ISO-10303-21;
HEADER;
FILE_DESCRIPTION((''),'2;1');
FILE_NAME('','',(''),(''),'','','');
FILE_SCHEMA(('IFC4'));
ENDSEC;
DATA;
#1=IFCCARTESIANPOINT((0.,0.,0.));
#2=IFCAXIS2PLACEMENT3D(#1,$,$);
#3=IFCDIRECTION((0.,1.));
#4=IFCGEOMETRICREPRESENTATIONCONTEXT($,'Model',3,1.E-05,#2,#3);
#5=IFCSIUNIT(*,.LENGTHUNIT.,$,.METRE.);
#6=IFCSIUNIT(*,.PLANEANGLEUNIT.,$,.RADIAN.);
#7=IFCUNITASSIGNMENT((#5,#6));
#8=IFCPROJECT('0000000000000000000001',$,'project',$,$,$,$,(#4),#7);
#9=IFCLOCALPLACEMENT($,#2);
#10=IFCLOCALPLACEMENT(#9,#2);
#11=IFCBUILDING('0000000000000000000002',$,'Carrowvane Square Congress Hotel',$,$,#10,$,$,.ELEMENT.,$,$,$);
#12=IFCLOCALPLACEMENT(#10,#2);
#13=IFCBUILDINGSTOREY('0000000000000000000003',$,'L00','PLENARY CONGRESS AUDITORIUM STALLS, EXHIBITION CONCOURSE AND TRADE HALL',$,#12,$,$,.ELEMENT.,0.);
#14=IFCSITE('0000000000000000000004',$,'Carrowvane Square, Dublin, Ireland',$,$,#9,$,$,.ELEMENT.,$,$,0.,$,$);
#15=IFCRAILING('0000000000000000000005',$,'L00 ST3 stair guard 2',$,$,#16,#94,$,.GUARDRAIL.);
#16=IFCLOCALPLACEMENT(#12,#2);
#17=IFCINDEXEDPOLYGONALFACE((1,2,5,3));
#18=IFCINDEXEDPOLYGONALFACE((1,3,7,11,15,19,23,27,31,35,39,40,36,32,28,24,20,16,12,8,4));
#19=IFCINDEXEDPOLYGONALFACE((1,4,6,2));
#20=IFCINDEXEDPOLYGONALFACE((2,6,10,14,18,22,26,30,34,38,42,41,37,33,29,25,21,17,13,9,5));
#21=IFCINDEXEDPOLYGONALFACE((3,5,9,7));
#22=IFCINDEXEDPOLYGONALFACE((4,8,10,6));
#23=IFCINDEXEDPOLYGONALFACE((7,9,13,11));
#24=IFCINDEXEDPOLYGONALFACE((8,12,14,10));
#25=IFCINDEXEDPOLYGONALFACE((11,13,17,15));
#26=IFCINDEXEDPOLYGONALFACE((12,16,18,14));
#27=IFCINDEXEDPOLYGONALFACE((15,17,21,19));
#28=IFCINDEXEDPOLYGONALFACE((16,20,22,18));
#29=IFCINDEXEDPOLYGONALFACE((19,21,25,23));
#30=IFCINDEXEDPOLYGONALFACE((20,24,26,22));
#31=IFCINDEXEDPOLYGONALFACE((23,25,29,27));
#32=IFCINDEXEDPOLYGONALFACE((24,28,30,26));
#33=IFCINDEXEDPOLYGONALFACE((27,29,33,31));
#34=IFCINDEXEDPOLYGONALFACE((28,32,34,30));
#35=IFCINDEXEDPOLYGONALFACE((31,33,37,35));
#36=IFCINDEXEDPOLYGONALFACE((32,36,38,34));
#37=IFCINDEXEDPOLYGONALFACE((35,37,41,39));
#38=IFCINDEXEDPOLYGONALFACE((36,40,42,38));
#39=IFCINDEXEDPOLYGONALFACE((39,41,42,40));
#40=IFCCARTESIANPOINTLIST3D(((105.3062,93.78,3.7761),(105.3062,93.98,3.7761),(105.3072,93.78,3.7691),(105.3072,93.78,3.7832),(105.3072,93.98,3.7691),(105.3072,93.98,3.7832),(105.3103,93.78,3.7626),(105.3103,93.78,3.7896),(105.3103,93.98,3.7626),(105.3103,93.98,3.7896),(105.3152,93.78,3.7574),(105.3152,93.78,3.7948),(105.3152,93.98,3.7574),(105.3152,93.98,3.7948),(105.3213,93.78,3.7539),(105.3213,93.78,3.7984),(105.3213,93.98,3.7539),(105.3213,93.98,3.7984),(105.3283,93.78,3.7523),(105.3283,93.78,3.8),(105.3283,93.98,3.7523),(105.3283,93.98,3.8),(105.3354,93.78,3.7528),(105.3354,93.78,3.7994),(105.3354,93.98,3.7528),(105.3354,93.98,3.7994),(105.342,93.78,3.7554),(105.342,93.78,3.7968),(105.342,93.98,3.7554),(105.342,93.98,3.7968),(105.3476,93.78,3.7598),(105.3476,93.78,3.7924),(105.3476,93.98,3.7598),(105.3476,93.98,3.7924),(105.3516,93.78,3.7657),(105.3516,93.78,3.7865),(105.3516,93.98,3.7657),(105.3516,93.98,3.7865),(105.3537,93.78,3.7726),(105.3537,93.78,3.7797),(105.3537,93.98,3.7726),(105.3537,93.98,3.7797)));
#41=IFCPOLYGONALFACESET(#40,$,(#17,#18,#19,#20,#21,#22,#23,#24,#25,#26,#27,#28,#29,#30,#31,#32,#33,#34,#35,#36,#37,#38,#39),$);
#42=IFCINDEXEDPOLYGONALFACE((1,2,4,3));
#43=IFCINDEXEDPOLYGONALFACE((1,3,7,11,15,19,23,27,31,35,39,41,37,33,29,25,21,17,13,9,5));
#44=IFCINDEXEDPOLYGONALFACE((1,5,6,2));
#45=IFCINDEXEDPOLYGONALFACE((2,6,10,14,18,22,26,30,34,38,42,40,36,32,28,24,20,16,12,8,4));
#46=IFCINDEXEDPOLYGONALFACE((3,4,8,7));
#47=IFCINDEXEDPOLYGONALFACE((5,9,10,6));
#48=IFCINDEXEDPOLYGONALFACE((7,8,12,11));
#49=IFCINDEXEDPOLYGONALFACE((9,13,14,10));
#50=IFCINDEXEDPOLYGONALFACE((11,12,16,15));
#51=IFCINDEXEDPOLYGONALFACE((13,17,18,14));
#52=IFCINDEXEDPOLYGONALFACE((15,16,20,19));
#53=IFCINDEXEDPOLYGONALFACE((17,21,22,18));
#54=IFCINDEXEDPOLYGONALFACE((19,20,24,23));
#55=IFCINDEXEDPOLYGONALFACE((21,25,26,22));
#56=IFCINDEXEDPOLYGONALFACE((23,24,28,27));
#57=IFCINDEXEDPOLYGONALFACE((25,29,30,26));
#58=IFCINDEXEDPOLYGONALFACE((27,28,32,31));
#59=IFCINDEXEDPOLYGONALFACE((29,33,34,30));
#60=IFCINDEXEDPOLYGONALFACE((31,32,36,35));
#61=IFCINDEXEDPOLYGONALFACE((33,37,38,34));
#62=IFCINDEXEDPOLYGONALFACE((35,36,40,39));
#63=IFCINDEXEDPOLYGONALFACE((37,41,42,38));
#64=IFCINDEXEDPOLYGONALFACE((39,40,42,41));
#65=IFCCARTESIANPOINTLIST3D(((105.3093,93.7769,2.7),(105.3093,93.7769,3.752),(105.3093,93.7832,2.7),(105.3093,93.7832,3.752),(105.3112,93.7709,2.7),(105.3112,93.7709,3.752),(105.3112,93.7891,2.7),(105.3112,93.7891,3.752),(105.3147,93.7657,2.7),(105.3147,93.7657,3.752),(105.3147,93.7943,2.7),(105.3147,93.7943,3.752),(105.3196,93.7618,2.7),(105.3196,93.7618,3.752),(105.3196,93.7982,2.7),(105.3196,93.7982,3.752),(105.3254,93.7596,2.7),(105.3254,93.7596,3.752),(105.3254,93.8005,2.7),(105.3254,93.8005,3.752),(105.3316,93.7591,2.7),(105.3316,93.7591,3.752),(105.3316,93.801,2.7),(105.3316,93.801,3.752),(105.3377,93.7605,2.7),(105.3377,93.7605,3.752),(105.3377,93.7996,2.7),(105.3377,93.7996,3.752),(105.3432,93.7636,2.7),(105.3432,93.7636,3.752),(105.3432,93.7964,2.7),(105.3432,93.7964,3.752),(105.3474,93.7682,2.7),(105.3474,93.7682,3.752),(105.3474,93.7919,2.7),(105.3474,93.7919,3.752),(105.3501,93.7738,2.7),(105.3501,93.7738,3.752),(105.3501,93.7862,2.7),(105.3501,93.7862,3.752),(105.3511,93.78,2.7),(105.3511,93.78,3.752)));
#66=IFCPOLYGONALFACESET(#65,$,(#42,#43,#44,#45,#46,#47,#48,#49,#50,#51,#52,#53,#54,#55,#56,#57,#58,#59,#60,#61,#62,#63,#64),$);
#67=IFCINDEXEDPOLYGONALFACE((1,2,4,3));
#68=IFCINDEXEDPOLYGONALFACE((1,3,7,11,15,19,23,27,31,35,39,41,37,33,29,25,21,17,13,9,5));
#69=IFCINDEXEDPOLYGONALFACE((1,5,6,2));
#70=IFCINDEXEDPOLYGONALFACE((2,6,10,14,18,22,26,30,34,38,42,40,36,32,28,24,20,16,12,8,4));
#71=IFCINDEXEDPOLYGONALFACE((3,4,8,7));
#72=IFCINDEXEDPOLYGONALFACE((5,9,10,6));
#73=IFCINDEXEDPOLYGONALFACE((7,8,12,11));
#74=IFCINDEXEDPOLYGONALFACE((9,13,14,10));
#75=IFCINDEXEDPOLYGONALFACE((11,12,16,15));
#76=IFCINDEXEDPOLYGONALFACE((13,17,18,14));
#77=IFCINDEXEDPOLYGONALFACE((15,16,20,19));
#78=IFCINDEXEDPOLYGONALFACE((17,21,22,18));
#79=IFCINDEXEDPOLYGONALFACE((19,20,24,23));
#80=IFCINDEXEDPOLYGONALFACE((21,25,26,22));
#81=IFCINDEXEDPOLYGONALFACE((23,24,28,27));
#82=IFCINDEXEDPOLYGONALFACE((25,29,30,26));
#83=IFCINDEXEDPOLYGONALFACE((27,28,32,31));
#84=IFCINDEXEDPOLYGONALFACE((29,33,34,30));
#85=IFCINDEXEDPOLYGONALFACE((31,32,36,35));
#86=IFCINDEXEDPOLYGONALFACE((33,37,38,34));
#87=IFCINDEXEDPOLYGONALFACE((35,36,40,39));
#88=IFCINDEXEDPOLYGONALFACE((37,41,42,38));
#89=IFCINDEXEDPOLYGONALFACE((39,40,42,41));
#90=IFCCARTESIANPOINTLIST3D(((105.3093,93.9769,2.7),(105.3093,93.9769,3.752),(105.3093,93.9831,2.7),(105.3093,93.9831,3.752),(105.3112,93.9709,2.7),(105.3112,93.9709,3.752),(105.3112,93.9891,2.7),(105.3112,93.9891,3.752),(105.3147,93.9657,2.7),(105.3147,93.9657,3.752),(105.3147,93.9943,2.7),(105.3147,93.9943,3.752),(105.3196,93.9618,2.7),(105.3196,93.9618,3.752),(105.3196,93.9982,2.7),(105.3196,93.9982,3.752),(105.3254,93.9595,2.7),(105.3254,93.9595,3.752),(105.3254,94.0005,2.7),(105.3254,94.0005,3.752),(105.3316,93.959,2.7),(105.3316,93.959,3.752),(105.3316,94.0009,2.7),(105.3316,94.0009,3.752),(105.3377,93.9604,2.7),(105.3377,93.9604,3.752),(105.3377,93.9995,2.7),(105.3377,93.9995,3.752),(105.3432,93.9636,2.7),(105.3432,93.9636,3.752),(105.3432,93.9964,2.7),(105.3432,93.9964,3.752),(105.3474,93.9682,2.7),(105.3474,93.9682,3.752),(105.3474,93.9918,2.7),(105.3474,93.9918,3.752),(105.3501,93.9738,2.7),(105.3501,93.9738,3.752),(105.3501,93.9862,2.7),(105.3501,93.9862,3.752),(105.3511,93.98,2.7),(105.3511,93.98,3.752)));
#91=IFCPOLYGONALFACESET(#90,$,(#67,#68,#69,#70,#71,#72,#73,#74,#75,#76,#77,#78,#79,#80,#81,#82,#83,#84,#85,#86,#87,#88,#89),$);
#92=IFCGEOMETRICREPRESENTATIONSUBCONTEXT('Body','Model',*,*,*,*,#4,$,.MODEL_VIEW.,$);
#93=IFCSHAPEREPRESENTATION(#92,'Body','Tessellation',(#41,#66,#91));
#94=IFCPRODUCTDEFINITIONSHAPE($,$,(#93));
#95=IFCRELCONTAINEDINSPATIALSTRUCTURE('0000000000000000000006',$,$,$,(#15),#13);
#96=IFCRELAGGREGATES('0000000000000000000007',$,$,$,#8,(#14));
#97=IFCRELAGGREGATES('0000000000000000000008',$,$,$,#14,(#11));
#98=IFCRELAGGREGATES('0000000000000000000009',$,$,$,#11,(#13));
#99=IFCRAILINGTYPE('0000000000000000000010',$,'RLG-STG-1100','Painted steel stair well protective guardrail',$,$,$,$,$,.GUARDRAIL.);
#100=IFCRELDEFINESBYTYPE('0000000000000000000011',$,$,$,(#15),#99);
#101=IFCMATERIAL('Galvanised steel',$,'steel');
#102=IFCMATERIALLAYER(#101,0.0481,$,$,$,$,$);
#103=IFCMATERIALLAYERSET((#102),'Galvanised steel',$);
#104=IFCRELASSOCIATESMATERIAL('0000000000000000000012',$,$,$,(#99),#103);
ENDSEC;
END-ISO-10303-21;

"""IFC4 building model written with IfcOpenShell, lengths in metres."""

from ifc_helpers import new_model, si_unit, direction, frame, origin, origin_2d, place, context, subcontext, project, spatial, circle, extrude, material, layer, layer_set, type_object, element, save


model = new_model("IFC4")

# Units and contexts
model_context = context("Model", 3, precision=1e-05, world=origin(), true_north=direction((0.0, 1.0)))
body_context = subcontext(model_context, "Body", "Model", "MODEL_VIEW")
ifc_project = project(units=[si_unit("LENGTHUNIT", "METRE"), si_unit("PLANEANGLEUNIT", "RADIAN")], contexts=[model_context])

# Site, building, storey
site_placement = place(None, origin())
site = spatial("IfcSite", under=ifc_project, at=site_placement, Name="Carrowvane Square, Dublin, Ireland", CompositionType="ELEMENT", RefElevation=0.0)
building_placement = place(site_placement, origin())
building = spatial("IfcBuilding", under=site, at=building_placement, Name="Carrowvane Square Congress Hotel", CompositionType="ELEMENT")
storey_placement = place(building_placement, origin())
storey = spatial("IfcBuildingStorey", under=building, at=storey_placement, Name="L00", Description="PLENARY CONGRESS AUDITORIUM STALLS, EXHIBITION CONCOURSE AND TRADE HALL", CompositionType="ELEMENT", Elevation=0.0)

# Railing
ifc_material_1 = material(Name="Galvanised steel", Category="steel")
ifc_layer_1 = layer(ifc_material_1, 0.0481)
ifc_layer_set_1 = layer_set([ifc_layer_1], Name="Galvanised steel")
railing_type_1 = type_object("IfcRailingType", Name="RLG-STG-1100", Description="Painted steel stair well protective guardrail", PredefinedType="GUARDRAIL", material=ifc_layer_set_1)
railing_1_placement = place(storey_placement, frame((105.3301, 93.78, 2.7)))
element("IfcRailing", 1, at=railing_1_placement, inside=storey, type_object=railing_type_1, Name="L00 ST3 stair guard 2", PredefinedType="GUARDRAIL", context=body_context, shape_type="SweptSolid", body=[
    extrude(circle(Radius=0.0239, at=origin_2d()), frame((0.0, 0.0, 1.0762), z_axis=(0.0, 1.0, 0.0), x_axis=(-1.0, 0.0, 0.0)), (0.0, 0.0, 1.0), 0.2),
    extrude(circle(Radius=0.021, at=origin_2d()), origin(), (0.0, 0.0, 1.0), 1.052),
    extrude(circle(Radius=0.021, at=origin_2d()), frame((0.0, 0.2, 0.0)), (0.0, 0.0, 1.0), 1.052),
])

save(model, "model.ifc")
